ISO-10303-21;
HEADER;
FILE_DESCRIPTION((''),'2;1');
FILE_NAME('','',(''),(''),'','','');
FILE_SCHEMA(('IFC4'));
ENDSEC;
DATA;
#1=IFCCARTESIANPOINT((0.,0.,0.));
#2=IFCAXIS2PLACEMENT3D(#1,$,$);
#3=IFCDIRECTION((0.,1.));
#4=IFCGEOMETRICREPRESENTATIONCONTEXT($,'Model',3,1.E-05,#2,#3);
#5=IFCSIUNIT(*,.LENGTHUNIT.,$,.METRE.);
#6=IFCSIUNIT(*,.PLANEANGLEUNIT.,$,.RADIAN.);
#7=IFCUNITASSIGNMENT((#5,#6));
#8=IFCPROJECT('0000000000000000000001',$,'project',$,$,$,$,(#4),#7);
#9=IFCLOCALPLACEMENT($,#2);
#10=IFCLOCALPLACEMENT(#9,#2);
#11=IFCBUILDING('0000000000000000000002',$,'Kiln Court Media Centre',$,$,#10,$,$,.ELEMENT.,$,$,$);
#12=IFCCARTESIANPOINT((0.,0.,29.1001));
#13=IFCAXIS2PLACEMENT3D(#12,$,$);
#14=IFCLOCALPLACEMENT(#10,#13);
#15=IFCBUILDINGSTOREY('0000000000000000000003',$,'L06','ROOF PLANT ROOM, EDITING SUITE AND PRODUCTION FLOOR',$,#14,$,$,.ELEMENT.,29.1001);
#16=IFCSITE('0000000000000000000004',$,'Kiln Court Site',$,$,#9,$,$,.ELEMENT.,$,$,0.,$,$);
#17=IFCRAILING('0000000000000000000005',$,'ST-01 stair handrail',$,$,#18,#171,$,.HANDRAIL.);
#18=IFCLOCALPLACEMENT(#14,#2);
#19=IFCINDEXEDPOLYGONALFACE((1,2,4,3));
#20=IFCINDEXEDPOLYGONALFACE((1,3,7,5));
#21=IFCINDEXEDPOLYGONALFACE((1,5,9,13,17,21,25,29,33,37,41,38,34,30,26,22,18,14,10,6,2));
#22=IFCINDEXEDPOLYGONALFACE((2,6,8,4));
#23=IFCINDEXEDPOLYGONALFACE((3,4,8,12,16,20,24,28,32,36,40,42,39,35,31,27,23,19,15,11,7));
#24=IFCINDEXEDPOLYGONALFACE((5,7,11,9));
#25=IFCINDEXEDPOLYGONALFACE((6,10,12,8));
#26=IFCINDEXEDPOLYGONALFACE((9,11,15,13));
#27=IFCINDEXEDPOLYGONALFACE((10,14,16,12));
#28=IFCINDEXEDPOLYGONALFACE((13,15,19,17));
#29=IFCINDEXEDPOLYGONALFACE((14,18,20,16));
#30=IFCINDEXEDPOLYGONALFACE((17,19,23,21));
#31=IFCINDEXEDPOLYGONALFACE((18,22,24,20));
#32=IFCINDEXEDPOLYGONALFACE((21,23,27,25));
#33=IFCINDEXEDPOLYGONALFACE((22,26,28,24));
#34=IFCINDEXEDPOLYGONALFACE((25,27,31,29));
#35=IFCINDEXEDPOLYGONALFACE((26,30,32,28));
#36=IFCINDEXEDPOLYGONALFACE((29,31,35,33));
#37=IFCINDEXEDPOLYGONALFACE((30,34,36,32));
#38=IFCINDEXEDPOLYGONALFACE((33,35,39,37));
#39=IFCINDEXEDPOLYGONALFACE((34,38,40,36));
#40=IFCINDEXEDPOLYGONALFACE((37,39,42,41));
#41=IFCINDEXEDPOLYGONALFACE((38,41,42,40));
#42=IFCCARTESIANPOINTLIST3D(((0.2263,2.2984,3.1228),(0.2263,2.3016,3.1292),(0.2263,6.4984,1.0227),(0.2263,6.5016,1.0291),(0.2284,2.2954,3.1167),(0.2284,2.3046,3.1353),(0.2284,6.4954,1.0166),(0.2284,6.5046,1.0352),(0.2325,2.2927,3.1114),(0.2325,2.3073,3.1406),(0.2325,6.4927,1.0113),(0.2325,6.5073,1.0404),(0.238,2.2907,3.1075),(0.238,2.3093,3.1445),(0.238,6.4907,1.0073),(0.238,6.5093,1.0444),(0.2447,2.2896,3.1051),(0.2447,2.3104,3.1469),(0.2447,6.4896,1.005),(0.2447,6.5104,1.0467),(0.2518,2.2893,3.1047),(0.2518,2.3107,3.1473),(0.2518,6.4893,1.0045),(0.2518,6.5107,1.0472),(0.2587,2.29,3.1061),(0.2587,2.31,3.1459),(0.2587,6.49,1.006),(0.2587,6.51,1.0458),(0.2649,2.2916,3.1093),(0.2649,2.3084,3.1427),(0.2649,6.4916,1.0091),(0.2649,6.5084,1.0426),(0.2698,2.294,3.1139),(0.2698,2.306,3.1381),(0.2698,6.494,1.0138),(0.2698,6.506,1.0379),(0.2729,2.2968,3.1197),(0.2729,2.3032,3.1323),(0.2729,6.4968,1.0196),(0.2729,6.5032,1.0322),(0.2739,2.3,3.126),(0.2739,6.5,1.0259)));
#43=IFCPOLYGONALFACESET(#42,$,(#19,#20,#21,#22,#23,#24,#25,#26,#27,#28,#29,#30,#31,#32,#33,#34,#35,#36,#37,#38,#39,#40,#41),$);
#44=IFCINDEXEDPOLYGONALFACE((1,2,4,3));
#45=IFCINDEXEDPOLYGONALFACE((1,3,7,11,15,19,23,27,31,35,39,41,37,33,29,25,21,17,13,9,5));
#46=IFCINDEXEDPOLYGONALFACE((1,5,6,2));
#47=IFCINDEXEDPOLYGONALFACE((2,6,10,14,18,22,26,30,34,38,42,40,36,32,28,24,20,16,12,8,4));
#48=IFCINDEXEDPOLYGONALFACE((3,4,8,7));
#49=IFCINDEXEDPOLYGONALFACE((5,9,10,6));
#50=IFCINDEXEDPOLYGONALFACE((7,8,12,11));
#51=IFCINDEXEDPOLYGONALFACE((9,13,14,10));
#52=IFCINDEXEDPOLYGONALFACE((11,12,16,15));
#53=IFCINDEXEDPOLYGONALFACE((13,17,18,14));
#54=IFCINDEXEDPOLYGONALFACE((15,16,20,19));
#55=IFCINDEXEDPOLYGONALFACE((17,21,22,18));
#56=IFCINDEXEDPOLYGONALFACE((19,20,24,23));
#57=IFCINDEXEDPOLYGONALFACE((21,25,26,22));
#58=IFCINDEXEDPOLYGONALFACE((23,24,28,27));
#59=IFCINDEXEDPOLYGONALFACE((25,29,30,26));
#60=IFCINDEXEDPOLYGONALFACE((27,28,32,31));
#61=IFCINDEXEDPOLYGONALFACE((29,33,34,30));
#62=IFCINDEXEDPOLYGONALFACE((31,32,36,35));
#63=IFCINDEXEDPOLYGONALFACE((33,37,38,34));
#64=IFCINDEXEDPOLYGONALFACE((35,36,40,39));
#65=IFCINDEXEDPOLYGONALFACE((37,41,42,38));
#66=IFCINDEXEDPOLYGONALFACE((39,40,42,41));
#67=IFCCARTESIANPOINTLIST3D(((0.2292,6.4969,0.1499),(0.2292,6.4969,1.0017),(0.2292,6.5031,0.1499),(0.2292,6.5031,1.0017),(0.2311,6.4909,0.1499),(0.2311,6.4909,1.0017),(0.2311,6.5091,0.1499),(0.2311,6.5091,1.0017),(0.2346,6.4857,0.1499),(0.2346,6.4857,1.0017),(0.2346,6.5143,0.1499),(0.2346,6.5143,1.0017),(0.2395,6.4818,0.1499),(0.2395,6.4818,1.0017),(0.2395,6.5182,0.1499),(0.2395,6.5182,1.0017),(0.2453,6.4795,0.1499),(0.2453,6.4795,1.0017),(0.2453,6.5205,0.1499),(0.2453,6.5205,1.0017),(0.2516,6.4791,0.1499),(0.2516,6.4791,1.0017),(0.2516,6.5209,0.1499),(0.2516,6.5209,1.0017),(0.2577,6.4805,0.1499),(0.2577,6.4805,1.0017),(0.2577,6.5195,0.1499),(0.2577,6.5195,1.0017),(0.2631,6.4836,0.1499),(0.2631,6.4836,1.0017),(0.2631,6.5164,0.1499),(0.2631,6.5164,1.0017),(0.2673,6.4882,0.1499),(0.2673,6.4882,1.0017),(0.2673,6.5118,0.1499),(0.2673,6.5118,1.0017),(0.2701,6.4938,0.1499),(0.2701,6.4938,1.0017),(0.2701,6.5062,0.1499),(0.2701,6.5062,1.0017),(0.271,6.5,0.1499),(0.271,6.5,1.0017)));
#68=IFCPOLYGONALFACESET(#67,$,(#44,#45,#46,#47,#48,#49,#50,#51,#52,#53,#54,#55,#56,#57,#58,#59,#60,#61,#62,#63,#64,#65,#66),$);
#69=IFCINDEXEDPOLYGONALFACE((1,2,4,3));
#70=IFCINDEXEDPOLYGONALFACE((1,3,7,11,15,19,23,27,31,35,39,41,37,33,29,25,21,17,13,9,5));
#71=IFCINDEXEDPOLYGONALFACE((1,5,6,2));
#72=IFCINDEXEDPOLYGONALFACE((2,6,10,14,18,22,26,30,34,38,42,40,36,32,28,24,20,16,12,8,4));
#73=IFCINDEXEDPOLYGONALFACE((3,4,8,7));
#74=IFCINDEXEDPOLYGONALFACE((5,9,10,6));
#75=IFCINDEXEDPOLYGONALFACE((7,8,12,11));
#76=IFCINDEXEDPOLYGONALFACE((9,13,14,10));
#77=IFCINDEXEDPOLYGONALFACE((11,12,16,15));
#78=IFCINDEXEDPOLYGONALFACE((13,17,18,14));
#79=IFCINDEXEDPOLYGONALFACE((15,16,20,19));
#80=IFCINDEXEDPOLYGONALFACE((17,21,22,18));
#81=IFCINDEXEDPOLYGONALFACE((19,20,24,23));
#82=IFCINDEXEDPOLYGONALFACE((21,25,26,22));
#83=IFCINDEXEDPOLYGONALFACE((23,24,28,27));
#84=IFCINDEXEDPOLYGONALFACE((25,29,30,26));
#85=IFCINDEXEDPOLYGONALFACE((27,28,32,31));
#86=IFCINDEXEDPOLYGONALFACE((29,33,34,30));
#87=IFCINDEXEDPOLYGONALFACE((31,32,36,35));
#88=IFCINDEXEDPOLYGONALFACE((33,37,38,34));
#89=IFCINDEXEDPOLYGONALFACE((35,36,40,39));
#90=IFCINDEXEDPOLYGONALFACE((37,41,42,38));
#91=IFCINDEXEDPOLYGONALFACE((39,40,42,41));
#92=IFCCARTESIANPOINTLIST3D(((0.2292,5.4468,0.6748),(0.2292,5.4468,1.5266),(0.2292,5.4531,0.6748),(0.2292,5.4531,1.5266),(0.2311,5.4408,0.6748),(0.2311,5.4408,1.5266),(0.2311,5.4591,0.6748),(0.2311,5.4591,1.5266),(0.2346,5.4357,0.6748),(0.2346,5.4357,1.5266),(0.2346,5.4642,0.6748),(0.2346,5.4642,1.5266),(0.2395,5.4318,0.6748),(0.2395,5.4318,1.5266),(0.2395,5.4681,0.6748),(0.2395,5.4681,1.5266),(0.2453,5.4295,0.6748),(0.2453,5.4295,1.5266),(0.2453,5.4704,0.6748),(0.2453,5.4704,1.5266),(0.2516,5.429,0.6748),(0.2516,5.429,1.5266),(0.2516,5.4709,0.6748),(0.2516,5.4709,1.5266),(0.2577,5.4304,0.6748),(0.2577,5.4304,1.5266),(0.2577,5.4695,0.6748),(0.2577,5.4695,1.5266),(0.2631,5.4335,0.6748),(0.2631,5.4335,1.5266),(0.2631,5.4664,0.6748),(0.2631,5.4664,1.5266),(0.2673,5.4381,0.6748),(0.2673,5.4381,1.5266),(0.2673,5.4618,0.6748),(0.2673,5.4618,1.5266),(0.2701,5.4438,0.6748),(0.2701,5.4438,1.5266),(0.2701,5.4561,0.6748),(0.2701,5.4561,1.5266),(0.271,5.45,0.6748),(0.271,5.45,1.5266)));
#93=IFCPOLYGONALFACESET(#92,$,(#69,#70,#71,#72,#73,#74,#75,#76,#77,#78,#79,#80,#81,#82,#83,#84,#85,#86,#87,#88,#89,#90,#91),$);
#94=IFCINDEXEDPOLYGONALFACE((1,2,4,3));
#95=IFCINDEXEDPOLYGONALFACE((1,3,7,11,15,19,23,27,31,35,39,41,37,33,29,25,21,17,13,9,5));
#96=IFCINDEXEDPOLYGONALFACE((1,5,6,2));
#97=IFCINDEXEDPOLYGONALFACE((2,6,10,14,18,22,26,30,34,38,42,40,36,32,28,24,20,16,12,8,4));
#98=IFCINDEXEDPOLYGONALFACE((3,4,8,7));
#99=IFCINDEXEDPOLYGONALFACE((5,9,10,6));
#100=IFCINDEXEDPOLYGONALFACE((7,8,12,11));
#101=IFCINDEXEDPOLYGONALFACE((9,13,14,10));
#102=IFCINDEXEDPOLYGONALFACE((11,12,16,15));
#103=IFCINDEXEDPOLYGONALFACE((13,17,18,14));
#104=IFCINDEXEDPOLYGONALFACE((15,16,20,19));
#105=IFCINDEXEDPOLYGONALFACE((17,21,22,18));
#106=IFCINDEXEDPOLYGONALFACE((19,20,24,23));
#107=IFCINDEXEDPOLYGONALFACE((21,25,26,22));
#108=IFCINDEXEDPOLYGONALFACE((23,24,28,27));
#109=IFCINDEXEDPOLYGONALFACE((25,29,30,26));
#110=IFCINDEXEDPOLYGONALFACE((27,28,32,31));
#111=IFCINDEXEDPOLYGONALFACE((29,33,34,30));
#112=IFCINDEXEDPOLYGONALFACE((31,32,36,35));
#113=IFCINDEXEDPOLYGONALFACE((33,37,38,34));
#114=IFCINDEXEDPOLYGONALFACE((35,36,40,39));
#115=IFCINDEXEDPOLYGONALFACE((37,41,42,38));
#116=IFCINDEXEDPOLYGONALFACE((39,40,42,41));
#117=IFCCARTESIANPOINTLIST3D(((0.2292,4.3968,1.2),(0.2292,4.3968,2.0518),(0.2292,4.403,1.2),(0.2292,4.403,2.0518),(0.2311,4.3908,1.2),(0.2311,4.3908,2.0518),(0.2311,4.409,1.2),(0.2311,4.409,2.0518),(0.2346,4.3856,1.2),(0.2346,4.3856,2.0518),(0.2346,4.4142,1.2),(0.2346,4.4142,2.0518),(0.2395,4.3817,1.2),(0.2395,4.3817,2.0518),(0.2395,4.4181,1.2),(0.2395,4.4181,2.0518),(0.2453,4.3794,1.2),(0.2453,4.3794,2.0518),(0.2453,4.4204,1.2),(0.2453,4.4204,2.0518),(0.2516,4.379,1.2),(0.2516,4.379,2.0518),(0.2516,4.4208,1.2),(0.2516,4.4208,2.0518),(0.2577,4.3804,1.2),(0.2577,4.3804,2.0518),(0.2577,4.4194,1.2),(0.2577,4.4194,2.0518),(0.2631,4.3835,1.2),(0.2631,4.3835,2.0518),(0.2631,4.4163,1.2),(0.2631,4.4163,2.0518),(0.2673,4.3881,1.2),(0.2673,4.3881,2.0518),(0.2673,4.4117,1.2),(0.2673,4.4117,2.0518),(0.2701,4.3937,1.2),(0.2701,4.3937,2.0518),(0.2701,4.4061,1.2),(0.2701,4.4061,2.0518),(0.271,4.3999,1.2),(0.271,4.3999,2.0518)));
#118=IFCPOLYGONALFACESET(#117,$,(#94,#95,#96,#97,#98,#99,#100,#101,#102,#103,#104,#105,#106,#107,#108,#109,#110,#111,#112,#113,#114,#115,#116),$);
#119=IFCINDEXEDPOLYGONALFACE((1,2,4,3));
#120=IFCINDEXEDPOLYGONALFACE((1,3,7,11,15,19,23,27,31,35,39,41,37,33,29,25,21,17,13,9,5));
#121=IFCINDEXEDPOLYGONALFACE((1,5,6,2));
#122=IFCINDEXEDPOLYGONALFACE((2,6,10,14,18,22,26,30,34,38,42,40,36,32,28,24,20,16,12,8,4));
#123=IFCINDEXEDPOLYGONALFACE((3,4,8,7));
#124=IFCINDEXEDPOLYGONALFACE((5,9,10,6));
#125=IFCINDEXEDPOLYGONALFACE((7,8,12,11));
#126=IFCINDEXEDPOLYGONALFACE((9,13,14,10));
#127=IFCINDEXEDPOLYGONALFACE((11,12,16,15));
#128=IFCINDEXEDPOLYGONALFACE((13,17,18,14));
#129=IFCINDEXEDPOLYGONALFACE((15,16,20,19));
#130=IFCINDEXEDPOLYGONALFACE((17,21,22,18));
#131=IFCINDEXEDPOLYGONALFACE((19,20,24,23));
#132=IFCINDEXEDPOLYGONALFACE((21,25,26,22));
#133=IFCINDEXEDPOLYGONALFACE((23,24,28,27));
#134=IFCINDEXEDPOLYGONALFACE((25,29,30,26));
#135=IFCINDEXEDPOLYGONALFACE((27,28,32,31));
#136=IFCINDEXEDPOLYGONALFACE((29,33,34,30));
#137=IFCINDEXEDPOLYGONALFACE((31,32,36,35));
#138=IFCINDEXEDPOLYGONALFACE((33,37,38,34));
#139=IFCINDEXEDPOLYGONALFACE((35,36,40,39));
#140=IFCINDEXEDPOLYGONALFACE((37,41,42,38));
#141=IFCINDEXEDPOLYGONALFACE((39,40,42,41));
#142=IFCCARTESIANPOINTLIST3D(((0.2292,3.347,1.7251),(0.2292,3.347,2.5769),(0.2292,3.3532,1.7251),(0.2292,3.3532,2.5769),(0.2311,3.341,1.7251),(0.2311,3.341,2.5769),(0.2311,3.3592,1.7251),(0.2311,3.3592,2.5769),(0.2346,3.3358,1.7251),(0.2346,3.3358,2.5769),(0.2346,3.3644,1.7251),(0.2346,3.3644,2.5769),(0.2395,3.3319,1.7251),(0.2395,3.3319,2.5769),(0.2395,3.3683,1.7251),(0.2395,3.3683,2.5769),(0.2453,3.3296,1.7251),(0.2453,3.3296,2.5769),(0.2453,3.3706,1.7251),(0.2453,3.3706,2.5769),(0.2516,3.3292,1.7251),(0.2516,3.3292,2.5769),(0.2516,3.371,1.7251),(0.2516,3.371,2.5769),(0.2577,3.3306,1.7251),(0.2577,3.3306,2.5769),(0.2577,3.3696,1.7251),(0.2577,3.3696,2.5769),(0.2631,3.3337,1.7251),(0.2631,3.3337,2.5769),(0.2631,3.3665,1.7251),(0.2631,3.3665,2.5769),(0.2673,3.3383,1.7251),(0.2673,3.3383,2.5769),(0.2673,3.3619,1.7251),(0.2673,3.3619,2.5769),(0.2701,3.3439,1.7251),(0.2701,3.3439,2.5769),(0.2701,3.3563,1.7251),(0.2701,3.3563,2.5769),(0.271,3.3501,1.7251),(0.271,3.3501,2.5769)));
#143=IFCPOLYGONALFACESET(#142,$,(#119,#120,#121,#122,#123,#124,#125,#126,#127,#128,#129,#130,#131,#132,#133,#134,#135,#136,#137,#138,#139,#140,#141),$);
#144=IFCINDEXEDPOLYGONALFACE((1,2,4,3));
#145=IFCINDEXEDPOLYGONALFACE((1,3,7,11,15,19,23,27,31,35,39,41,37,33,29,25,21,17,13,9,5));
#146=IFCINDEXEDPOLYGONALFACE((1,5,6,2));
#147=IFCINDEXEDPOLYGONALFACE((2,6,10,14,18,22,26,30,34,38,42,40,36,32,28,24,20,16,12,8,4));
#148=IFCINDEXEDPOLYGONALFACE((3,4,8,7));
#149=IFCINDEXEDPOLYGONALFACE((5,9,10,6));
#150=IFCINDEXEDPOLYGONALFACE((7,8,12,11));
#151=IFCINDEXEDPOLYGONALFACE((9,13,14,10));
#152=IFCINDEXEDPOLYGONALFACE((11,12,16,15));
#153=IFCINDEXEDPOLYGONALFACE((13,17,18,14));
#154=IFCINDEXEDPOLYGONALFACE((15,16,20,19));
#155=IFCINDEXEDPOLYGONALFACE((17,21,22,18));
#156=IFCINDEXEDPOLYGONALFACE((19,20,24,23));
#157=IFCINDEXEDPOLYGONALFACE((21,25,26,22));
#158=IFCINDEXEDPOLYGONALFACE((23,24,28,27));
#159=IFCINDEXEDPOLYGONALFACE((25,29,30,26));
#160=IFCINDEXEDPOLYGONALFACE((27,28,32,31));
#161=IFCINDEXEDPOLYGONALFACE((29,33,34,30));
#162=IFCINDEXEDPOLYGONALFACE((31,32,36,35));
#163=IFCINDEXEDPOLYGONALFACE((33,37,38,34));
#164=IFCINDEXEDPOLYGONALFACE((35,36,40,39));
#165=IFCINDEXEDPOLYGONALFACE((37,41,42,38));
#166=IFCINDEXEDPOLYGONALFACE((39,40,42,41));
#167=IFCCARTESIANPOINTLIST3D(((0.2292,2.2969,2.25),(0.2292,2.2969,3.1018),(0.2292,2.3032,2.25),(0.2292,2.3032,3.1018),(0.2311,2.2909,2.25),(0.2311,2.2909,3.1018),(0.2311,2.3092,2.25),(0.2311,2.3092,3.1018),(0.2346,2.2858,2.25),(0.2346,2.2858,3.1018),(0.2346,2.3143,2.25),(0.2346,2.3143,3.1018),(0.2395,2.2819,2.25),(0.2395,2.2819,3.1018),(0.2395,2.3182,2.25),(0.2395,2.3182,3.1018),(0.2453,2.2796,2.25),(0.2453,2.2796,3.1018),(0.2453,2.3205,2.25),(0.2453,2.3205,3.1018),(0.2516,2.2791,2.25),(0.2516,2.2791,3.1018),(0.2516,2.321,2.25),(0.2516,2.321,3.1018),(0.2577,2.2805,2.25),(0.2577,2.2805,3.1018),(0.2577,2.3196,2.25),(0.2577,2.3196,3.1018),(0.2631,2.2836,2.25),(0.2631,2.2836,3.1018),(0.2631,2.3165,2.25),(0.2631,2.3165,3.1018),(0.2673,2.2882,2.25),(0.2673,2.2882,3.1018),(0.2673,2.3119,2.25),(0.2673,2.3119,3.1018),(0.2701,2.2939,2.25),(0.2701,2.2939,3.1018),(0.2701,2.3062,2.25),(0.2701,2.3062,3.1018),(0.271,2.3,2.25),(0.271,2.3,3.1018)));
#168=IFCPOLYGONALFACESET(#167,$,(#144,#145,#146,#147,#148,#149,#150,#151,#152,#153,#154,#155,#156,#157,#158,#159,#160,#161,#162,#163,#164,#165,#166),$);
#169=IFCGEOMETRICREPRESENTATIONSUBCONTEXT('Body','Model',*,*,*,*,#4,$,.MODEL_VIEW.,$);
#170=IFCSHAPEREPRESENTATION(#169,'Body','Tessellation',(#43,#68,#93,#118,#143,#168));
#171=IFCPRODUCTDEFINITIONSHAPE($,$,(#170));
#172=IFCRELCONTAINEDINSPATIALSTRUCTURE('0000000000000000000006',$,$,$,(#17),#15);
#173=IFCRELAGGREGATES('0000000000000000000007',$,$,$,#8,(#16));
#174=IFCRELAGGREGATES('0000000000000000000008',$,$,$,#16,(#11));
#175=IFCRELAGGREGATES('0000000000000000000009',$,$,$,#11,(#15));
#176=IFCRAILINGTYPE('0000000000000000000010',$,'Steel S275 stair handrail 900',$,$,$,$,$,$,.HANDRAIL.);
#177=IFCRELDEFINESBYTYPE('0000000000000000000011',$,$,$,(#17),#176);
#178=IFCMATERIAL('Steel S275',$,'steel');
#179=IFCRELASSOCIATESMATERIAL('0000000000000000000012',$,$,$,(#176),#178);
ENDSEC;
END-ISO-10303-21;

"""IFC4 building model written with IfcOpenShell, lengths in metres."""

from ifc_helpers import new_model, si_unit, direction, frame, origin, origin_2d, place, context, subcontext, project, spatial, circle, extrude, material, type_object, element, save


model = new_model("IFC4")

# Units and contexts
model_context = context("Model", 3, precision=1e-05, world=origin(), true_north=direction((0.0, 1.0)))
body_context = subcontext(model_context, "Body", "Model", "MODEL_VIEW")
ifc_project = project(units=[si_unit("LENGTHUNIT", "METRE"), si_unit("PLANEANGLEUNIT", "RADIAN")], contexts=[model_context])

# Site, building, storey
site_placement = place(None, origin())
site = spatial("IfcSite", under=ifc_project, at=site_placement, Name="Kiln Court Site", CompositionType="ELEMENT", RefElevation=0.0)
building_placement = place(site_placement, origin())
building = spatial("IfcBuilding", under=site, at=building_placement, Name="Kiln Court Media Centre", CompositionType="ELEMENT")
storey_placement = place(building_placement, frame((0.0, 0.0, 29.1001)))
storey = spatial("IfcBuildingStorey", under=building, at=storey_placement, Name="L06", Description="ROOF PLANT ROOM, EDITING SUITE AND PRODUCTION FLOOR", CompositionType="ELEMENT", Elevation=29.1001)

# Railing
ifc_material_1 = material(Name="Steel S275", Category="steel")
railing_type_1 = type_object("IfcRailingType", Name="Steel S275 stair handrail 900", PredefinedType="HANDRAIL", material=ifc_material_1)
railing_1_placement = place(storey_placement, frame((0.25, 6.5, 0.1499)))
element("IfcRailing", 1, at=railing_1_placement, inside=storey, type_object=railing_type_1, Name="ST-01 stair handrail", PredefinedType="HANDRAIL", context=body_context, shape_type="SweptSolid", body=[
    extrude(circle(Radius=0.0239, at=origin_2d()), frame((0.0, 0.0, 0.876), z_axis=(0.0, -0.894417, 0.447234), x_axis=(1.0, 0.0, 0.0)), (0.0, 0.0, 1.0), 4.6958),
    extrude(circle(Radius=0.021, at=origin_2d()), origin(), (0.0, 0.0, 1.0), 0.8518),
    extrude(circle(Radius=0.021, at=origin_2d()), frame((0.0, -1.05, 0.5249)), (0.0, 0.0, 1.0), 0.8518),
    extrude(circle(Radius=0.021, at=origin_2d()), frame((0.0, -2.1001, 1.05)), (0.0, 0.0, 1.0), 0.8518),
    extrude(circle(Radius=0.021, at=origin_2d()), frame((0.0, -3.1499, 1.5752)), (0.0, 0.0, 1.0), 0.8518),
    extrude(circle(Radius=0.021, at=origin_2d()), frame((0.0, -4.2, 2.1001)), (0.0, 0.0, 1.0), 0.8518),
])

save(model, "model.ifc")
